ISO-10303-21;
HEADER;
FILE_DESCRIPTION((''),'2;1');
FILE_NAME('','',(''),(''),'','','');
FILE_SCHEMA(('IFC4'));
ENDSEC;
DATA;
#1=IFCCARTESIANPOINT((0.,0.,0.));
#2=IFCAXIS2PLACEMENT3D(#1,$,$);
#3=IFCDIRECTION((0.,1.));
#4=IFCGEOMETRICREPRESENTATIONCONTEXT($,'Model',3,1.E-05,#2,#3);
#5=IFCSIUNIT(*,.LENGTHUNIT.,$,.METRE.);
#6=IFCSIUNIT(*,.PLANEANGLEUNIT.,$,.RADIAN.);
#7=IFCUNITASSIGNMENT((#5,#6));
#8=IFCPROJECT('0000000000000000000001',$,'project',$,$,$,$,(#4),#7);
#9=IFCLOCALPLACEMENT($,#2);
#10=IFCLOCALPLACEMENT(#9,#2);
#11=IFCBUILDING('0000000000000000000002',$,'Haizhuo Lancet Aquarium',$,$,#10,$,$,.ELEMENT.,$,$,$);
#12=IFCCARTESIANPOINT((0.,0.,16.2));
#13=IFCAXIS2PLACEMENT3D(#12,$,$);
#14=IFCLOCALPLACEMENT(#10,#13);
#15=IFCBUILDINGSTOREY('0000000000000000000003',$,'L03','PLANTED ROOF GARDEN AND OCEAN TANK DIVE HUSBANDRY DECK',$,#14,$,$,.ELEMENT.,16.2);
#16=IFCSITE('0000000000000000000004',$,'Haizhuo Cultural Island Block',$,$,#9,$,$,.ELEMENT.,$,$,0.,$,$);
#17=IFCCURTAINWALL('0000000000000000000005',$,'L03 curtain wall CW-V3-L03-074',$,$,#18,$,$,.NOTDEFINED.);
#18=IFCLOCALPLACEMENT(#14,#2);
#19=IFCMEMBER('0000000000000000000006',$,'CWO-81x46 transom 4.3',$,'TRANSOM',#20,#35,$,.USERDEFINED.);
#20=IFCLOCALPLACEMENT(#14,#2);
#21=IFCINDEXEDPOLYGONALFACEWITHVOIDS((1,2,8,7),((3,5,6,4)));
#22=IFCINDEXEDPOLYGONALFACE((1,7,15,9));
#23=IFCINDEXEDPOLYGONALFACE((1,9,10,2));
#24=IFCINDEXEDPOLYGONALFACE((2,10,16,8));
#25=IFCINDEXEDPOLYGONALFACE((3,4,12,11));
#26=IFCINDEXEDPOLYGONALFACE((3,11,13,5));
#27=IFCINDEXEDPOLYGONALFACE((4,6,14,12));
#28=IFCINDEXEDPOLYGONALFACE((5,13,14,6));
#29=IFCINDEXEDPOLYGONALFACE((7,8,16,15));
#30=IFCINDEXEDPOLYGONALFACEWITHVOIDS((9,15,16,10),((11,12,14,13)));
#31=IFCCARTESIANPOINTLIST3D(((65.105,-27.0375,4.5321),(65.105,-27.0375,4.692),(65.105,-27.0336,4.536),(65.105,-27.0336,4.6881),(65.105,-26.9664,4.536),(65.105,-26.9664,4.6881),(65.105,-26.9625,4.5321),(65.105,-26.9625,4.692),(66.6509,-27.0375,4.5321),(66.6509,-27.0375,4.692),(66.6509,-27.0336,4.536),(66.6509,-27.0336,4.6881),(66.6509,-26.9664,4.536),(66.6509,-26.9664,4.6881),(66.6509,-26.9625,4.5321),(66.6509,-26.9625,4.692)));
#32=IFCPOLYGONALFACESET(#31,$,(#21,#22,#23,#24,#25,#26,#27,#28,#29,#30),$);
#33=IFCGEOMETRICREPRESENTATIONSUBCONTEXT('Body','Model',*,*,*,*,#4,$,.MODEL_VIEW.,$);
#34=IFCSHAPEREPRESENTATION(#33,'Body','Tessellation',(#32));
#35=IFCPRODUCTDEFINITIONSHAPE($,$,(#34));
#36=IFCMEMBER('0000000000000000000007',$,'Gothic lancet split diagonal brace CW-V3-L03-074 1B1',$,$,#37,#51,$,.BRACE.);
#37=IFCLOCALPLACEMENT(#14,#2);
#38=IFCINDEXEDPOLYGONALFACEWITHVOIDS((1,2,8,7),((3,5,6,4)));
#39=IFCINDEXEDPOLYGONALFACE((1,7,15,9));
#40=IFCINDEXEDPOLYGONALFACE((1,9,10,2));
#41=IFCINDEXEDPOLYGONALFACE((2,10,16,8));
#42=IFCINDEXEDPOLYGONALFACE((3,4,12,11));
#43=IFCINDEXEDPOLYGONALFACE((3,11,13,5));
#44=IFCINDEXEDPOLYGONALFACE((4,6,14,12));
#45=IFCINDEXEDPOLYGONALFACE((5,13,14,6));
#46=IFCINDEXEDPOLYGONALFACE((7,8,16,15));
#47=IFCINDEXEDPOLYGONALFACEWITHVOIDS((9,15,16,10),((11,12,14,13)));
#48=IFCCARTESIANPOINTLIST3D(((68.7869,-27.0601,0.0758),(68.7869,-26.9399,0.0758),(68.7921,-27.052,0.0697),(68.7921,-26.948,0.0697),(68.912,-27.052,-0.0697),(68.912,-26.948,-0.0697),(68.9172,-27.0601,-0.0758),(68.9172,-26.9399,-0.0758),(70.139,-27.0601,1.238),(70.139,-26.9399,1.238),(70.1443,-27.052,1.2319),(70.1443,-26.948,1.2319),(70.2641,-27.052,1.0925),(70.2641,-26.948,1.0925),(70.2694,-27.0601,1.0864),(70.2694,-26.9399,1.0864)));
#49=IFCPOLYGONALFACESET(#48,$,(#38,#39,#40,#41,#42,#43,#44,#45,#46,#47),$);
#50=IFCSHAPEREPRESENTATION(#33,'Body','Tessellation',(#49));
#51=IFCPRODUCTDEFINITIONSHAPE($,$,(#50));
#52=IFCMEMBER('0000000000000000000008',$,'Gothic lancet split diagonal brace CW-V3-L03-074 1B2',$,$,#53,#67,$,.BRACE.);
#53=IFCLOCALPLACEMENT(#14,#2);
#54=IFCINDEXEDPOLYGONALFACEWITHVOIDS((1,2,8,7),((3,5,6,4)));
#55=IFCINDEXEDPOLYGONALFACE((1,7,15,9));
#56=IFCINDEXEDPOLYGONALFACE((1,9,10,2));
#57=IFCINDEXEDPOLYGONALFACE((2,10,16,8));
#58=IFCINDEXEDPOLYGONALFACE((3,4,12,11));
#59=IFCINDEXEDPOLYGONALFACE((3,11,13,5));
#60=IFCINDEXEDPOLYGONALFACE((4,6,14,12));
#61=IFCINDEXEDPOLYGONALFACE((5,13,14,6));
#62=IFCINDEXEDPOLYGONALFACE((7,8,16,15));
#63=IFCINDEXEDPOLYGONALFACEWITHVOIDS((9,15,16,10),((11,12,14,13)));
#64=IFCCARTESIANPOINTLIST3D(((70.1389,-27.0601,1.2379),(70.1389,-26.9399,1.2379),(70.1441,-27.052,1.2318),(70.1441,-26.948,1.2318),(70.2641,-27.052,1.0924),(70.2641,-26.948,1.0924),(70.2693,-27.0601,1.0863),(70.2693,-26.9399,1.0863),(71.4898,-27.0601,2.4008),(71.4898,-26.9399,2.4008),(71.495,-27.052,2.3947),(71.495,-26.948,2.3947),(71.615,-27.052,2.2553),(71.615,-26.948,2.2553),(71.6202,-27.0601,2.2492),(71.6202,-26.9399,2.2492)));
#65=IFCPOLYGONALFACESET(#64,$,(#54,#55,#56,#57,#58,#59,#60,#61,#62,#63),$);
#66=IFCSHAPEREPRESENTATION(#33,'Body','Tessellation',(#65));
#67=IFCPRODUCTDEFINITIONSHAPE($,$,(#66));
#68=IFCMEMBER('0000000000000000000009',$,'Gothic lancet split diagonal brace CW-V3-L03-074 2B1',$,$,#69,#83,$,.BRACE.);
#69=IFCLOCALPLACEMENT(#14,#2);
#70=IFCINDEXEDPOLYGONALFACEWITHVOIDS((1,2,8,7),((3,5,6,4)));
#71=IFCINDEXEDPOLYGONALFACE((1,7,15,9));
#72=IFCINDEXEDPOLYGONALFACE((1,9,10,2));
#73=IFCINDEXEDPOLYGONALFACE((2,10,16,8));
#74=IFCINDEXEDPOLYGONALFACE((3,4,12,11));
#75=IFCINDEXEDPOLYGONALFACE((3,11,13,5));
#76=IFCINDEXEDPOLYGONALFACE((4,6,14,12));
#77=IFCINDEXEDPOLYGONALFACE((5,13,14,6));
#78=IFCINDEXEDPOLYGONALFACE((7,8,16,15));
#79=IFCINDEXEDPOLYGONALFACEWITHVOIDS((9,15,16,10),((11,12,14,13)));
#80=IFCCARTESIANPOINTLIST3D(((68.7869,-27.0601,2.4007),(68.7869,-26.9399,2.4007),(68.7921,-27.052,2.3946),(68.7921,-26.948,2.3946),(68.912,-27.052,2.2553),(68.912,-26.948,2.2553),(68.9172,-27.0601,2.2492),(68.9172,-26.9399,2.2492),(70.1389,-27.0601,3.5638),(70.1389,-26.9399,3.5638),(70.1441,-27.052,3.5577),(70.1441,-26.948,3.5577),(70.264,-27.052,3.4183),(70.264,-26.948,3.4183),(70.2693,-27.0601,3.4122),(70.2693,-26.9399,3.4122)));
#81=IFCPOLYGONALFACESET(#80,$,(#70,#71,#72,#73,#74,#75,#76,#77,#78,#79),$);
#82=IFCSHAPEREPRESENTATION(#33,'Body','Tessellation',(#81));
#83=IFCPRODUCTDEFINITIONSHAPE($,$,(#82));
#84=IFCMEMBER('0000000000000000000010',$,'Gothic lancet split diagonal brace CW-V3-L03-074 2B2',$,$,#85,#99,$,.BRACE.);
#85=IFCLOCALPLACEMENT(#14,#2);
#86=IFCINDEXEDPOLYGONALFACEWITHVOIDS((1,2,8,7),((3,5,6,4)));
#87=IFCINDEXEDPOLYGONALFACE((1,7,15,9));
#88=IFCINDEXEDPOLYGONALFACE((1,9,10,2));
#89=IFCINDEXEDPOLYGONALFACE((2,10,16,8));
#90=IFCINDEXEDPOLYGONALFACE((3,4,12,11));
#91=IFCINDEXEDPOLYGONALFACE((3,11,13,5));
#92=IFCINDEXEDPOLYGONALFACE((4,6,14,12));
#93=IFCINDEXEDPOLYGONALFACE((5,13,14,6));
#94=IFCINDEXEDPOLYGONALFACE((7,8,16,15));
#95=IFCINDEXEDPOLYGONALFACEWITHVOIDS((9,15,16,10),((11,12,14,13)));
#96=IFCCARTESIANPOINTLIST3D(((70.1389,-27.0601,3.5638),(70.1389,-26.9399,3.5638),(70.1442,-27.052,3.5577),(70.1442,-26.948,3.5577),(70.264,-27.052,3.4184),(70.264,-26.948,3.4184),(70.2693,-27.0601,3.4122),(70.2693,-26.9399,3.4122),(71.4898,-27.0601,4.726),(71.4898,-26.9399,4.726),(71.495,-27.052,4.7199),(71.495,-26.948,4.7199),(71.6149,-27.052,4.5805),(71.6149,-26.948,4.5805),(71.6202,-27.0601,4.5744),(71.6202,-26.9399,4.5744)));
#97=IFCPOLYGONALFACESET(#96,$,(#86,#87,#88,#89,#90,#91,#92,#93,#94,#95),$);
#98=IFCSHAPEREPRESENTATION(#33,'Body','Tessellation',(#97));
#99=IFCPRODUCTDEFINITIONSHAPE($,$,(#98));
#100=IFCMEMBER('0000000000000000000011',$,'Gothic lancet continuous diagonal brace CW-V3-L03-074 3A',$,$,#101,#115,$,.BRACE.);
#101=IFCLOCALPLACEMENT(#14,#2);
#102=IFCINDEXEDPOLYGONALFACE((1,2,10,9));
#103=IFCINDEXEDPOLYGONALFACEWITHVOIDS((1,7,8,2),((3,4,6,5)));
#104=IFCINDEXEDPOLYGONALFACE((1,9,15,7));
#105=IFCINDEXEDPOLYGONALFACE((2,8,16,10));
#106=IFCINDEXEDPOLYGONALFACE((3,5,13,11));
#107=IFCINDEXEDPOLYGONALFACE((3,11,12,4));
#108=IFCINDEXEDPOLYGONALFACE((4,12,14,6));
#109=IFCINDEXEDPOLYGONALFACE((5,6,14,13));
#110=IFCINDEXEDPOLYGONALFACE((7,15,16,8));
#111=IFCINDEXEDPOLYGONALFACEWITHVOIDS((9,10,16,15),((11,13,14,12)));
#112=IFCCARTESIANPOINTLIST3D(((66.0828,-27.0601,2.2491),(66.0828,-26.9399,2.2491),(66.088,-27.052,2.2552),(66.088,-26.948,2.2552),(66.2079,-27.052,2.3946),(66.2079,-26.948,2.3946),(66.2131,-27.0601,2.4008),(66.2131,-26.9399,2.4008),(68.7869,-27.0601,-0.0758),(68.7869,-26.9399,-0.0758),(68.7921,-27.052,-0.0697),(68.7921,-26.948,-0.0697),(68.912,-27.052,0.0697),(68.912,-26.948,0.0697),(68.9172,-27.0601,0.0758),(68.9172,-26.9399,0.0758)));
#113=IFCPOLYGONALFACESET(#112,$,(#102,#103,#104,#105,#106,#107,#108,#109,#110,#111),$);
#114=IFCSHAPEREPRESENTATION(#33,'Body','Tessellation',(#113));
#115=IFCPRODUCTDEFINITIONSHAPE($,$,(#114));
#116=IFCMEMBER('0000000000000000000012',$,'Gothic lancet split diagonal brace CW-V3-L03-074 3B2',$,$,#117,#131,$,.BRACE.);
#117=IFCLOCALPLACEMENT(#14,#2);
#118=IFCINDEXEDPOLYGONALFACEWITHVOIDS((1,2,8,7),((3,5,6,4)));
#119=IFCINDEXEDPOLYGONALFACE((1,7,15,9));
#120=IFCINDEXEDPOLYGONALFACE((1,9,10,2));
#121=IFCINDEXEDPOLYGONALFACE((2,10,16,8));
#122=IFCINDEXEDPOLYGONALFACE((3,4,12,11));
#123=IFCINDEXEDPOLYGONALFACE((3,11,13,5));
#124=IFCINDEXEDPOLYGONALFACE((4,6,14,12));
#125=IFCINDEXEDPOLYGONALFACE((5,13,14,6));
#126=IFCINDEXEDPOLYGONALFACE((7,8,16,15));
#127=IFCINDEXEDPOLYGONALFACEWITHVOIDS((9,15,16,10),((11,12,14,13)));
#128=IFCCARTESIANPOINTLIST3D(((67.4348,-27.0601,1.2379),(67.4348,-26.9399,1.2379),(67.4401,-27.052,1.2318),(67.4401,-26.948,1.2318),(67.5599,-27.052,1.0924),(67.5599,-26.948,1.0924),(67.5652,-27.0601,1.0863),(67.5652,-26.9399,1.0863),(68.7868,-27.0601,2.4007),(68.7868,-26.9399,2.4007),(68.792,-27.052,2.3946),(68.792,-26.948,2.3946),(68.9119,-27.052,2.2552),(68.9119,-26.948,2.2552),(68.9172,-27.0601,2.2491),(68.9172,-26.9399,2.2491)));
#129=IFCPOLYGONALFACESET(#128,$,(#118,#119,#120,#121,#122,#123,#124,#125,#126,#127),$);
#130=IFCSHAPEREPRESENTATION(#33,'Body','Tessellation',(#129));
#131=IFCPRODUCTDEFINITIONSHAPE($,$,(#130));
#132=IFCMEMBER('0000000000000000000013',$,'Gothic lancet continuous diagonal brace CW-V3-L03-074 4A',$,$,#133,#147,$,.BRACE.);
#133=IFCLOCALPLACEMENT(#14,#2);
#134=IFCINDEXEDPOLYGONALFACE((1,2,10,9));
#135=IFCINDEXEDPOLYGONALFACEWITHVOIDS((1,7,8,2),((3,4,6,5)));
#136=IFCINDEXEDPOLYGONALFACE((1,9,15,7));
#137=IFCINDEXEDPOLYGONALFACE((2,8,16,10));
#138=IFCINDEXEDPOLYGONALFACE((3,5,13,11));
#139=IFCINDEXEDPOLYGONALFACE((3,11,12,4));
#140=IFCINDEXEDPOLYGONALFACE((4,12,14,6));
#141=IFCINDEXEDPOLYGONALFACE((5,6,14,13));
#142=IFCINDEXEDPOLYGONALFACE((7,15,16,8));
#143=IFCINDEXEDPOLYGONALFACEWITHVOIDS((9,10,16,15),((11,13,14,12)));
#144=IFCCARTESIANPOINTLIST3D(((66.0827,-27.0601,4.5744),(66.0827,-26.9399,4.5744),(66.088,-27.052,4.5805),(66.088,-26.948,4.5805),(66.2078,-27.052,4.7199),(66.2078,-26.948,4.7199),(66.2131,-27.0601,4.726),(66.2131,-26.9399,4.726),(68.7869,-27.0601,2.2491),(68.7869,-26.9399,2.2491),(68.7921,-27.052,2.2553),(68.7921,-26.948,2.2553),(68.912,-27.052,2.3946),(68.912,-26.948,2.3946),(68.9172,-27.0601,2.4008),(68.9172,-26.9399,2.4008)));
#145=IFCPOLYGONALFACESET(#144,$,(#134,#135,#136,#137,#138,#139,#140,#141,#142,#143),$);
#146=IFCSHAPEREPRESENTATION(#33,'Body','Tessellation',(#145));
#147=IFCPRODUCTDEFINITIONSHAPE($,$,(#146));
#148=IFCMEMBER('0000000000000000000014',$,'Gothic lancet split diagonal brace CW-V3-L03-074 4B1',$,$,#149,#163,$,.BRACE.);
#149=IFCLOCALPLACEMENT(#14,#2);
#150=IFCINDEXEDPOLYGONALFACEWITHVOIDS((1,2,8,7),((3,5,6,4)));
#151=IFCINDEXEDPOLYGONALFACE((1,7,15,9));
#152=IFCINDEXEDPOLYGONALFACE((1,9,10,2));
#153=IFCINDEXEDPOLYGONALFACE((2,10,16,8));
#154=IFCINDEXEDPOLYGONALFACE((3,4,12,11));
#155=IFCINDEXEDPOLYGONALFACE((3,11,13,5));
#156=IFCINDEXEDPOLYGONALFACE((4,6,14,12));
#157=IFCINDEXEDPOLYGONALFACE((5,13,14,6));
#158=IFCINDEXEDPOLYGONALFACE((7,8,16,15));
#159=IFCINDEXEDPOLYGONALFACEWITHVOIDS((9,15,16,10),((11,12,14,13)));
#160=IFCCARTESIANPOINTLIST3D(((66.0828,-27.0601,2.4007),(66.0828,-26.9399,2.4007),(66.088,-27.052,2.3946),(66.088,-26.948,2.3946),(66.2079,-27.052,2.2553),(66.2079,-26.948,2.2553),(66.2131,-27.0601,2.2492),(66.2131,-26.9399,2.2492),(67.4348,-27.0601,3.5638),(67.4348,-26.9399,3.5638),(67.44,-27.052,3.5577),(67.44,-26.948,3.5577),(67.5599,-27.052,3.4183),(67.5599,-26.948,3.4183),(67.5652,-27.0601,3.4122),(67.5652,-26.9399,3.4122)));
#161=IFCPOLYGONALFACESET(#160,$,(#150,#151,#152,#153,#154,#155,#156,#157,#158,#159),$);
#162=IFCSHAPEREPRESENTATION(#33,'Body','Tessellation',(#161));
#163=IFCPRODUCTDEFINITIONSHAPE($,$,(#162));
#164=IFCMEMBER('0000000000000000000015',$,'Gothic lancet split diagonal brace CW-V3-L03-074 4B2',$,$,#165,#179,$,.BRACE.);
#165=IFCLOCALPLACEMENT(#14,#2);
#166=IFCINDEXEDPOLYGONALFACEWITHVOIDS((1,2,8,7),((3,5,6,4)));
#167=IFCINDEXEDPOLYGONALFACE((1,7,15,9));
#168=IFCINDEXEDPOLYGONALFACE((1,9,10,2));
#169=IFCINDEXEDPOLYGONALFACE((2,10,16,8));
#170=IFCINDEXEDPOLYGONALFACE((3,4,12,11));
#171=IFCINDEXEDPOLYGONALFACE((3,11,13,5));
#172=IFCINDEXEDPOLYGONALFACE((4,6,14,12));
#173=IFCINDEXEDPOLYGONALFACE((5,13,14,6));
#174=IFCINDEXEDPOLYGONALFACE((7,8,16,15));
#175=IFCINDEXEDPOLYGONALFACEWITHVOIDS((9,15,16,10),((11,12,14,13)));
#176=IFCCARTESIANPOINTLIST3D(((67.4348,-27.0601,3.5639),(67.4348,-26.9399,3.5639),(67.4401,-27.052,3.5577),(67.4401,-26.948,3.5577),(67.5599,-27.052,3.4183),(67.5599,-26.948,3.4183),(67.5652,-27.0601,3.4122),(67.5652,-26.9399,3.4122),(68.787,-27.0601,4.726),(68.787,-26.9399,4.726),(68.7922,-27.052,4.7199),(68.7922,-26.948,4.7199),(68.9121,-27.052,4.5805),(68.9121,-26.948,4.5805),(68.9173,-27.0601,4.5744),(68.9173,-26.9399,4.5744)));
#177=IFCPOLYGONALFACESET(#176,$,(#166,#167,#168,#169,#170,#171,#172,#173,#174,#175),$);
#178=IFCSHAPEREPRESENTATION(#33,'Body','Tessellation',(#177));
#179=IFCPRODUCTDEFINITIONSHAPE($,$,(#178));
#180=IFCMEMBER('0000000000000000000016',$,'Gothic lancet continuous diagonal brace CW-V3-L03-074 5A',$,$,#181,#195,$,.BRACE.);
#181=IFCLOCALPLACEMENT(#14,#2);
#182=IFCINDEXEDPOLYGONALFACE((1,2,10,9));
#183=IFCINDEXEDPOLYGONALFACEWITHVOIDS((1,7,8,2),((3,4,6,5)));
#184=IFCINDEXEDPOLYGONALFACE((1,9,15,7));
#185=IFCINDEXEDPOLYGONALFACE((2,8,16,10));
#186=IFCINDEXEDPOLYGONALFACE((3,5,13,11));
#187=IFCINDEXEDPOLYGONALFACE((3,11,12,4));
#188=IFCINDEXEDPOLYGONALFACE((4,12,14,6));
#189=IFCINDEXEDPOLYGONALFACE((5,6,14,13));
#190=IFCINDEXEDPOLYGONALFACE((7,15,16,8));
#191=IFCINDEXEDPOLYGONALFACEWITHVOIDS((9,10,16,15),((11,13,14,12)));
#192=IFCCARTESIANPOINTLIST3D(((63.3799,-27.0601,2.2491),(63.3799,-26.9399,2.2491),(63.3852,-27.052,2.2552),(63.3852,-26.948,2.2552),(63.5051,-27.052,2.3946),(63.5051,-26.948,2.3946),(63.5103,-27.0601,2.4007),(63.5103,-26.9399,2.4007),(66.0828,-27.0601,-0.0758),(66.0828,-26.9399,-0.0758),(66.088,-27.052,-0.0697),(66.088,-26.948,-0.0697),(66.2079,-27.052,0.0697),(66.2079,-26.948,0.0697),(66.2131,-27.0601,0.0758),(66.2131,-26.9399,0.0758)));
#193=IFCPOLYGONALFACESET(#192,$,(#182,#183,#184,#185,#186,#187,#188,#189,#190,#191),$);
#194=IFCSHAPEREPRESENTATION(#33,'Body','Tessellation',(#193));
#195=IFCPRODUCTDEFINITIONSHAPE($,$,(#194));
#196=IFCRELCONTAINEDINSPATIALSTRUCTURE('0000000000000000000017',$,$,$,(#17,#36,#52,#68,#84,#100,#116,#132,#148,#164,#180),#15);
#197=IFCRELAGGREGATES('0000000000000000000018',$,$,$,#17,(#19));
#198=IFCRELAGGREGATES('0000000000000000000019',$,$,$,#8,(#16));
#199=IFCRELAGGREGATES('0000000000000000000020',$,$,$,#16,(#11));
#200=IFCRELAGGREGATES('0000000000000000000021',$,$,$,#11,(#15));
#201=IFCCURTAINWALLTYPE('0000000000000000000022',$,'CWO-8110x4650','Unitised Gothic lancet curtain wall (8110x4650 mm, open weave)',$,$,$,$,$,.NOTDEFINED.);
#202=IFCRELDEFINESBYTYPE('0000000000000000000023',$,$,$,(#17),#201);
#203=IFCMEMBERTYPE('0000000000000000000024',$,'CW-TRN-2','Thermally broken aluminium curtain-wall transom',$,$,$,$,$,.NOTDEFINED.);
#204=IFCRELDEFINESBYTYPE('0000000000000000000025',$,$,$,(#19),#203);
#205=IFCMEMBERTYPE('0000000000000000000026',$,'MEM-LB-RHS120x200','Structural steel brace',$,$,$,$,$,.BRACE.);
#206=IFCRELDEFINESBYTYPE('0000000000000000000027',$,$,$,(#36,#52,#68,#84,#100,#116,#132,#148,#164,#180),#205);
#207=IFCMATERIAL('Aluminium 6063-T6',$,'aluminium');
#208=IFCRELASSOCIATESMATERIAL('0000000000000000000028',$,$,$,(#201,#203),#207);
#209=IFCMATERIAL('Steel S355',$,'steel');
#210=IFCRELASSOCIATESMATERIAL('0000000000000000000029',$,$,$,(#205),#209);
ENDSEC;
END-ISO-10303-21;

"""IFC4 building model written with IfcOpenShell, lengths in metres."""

from ifc_helpers import new_model, si_unit, direction, frame, origin, origin_2d, place, context, subcontext, project, spatial, hollow_rectangle, extrude, material, material_profile, profile_set, type_object, element, aggregate, save


model = new_model("IFC4")

# Units and contexts
model_context = context("Model", 3, precision=1e-05, world=origin(), true_north=direction((0.0, 1.0)))
body_context = subcontext(model_context, "Body", "Model", "MODEL_VIEW")
ifc_project = project(units=[si_unit("LENGTHUNIT", "METRE"), si_unit("PLANEANGLEUNIT", "RADIAN")], contexts=[model_context])

# Site, building, storey
site_placement = place(None, origin())
site = spatial("IfcSite", under=ifc_project, at=site_placement, Name="Haizhuo Cultural Island Block", CompositionType="ELEMENT", RefElevation=0.0)
building_placement = place(site_placement, origin())
building = spatial("IfcBuilding", under=site, at=building_placement, Name="Haizhuo Lancet Aquarium", CompositionType="ELEMENT")
storey_placement = place(building_placement, frame((0.0, 0.0, 16.2)))
storey = spatial("IfcBuildingStorey", under=building, at=storey_placement, Name="L03", Description="PLANTED ROOF GARDEN AND OCEAN TANK DIVE HUSBANDRY DECK", CompositionType="ELEMENT", Elevation=16.2)

# Curtain wall, member
ifc_material_1 = material(Name="Aluminium 6063-T6", Category="aluminium")
curtain_wall_type = type_object("IfcCurtainWallType", Name="CWO-8110x4650", Description="Unitised Gothic lancet curtain wall (8110x4650 mm, open weave)", PredefinedType="NOTDEFINED", material=ifc_material_1)
curtain_wall_placement = place(storey_placement, origin())
curtain_wall = element("IfcCurtainWall", 1, at=curtain_wall_placement, inside=storey, type_object=curtain_wall_type, Name="L03 curtain wall CW-V3-L03-074", PredefinedType="NOTDEFINED")
ifc_material_profile_1 = material_profile(ifc_material_1, hollow_rectangle(XDim=0.075, YDim=0.1599, WallThickness=0.0039, at=origin_2d()), Name="ALU-T 75x160x4")
ifc_profile_set_1 = profile_set([ifc_material_profile_1], Name="Aluminium 6063-T6")
member_type_1 = type_object("IfcMemberType", Name="CW-TRN-2", Description="Thermally broken aluminium curtain-wall transom", PredefinedType="NOTDEFINED", material=ifc_profile_set_1)
member_1_placement = place(storey_placement, frame((66.6509, -27.0, 4.6121), z_axis=(-1.0, 0.0, 0.0), x_axis=(0.0, -1.0, 0.0)))
member_1 = element("IfcMember", 2, at=member_1_placement, type_object=member_type_1, Name="CWO-81x46 transom 4.3", ObjectType="TRANSOM", PredefinedType="USERDEFINED", context=body_context, shape_type="SweptSolid", body=[
    extrude(hollow_rectangle(XDim=0.075, YDim=0.1599, WallThickness=0.0039, at=origin_2d()), origin(), (0.0, 0.0, 1.0), 1.5459),
])

# Members
ifc_material_2 = material(Name="Steel S355", Category="steel")
ifc_material_profile_2 = material_profile(ifc_material_2, hollow_rectangle(XDim=0.1201, YDim=0.2, WallThickness=0.0081, at=origin_2d()), Name="RHS 120x200x8")
ifc_profile_set_2 = profile_set([ifc_material_profile_2], Name="Steel S355")
member_type_2 = type_object("IfcMemberType", Name="MEM-LB-RHS120x200", Description="Structural steel brace", PredefinedType="BRACE", material=ifc_profile_set_2)
member_2_placement = place(storey_placement, frame((68.8521, -27.0, 0.0), z_axis=(0.758367, 0.0, 0.651828), x_axis=(0.0, 1.0, 0.0)))
element("IfcMember", 3, at=member_2_placement, inside=storey, type_object=member_type_2, Name="Gothic lancet split diagonal brace CW-V3-L03-074 1B1", PredefinedType="BRACE", context=body_context, shape_type="SweptSolid", body=[
    extrude(hollow_rectangle(XDim=0.1201, YDim=0.2, WallThickness=0.0081, at=origin_2d()), origin(), (0.0, 0.0, 1.0), 1.783),
])
member_3_placement = place(storey_placement, frame((70.2041, -27.0, 1.1621), z_axis=(0.757872, 0.0, 0.652403), x_axis=(0.0, 1.0, 0.0)))
element("IfcMember", 4, at=member_3_placement, inside=storey, type_object=member_type_2, Name="Gothic lancet split diagonal brace CW-V3-L03-074 1B2", PredefinedType="BRACE", context=body_context, shape_type="SweptSolid", body=[
    extrude(hollow_rectangle(XDim=0.1201, YDim=0.2, WallThickness=0.0081, at=origin_2d()), origin(), (0.0, 0.0, 1.0), 1.7825),
])
member_4_placement = place(storey_placement, frame((68.8521, -27.0, 2.325), z_axis=(0.758096, 0.0, 0.652143), x_axis=(0.0, 1.0, 0.0)))
element("IfcMember", 5, at=member_4_placement, inside=storey, type_object=member_type_2, Name="Gothic lancet split diagonal brace CW-V3-L03-074 2B1", PredefinedType="BRACE", context=body_context, shape_type="SweptSolid", body=[
    extrude(hollow_rectangle(XDim=0.1201, YDim=0.2, WallThickness=0.0081, at=origin_2d()), origin(), (0.0, 0.0, 1.0), 1.7834),
])
member_5_placement = place(storey_placement, frame((70.2041, -27.0, 3.488), z_axis=(0.758075, 0.0, 0.652167), x_axis=(0.0, 1.0, 0.0)))
element("IfcMember", 6, at=member_5_placement, inside=storey, type_object=member_type_2, Name="Gothic lancet split diagonal brace CW-V3-L03-074 2B2", PredefinedType="BRACE", context=body_context, shape_type="SweptSolid", body=[
    extrude(hollow_rectangle(XDim=0.1201, YDim=0.2, WallThickness=0.0081, at=origin_2d()), origin(), (0.0, 0.0, 1.0), 1.782),
])
member_6_placement = place(storey_placement, frame((68.8521, -27.0, 0.0), z_axis=(-0.758265, 0.0, 0.651946), x_axis=(0.0, -1.0, 0.0)))
element("IfcMember", 7, at=member_6_placement, inside=storey, type_object=member_type_2, Name="Gothic lancet continuous diagonal brace CW-V3-L03-074 3A", PredefinedType="BRACE", context=body_context, shape_type="SweptSolid", body=[
    extrude(hollow_rectangle(XDim=0.1201, YDim=0.2, WallThickness=0.0081, at=origin_2d()), origin(), (0.0, 0.0, 1.0), 3.5662),
])
member_7_placement = place(storey_placement, frame((67.5, -27.0, 1.1621), z_axis=(0.758164, 0.0, 0.652064), x_axis=(0.0, 1.0, 0.0)))
element("IfcMember", 8, at=member_7_placement, inside=storey, type_object=member_type_2, Name="Gothic lancet split diagonal brace CW-V3-L03-074 3B2", PredefinedType="BRACE", context=body_context, shape_type="SweptSolid", body=[
    extrude(hollow_rectangle(XDim=0.1201, YDim=0.2, WallThickness=0.0081, at=origin_2d()), origin(), (0.0, 0.0, 1.0), 1.7832),
])
member_8_placement = place(storey_placement, frame((68.8521, -27.0, 2.325), z_axis=(-0.758231, 0.0, 0.651986), x_axis=(0.0, -1.0, 0.0)))
element("IfcMember", 9, at=member_8_placement, inside=storey, type_object=member_type_2, Name="Gothic lancet continuous diagonal brace CW-V3-L03-074 4A", PredefinedType="BRACE", context=body_context, shape_type="SweptSolid", body=[
    extrude(hollow_rectangle(XDim=0.1201, YDim=0.2, WallThickness=0.0081, at=origin_2d()), origin(), (0.0, 0.0, 1.0), 3.5664),
])
member_9_placement = place(storey_placement, frame((66.1479, -27.0, 2.325), z_axis=(0.758096, 0.0, 0.652143), x_axis=(0.0, 1.0, 0.0)))
element("IfcMember", 10, at=member_9_placement, inside=storey, type_object=member_type_2, Name="Gothic lancet split diagonal brace CW-V3-L03-074 4B1", PredefinedType="BRACE", context=body_context, shape_type="SweptSolid", body=[
    extrude(hollow_rectangle(XDim=0.1201, YDim=0.2, WallThickness=0.0081, at=origin_2d()), origin(), (0.0, 0.0, 1.0), 1.7834),
])
member_10_placement = place(storey_placement, frame((67.5, -27.0, 3.488), z_axis=(0.758367, 0.0, 0.651828), x_axis=(0.0, 1.0, 0.0)))
element("IfcMember", 11, at=member_10_placement, inside=storey, type_object=member_type_2, Name="Gothic lancet split diagonal brace CW-V3-L03-074 4B2", PredefinedType="BRACE", context=body_context, shape_type="SweptSolid", body=[
    extrude(hollow_rectangle(XDim=0.1201, YDim=0.2, WallThickness=0.0081, at=origin_2d()), origin(), (0.0, 0.0, 1.0), 1.783),
])
member_11_placement = place(storey_placement, frame((66.1479, -27.0, 0.0), z_axis=(-0.75812, 0.0, 0.652116), x_axis=(0.0, -1.0, 0.0)))
element("IfcMember", 12, at=member_11_placement, inside=storey, type_object=member_type_2, Name="Gothic lancet continuous diagonal brace CW-V3-L03-074 5A", PredefinedType="BRACE", context=body_context, shape_type="SweptSolid", body=[
    extrude(hollow_rectangle(XDim=0.1201, YDim=0.2, WallThickness=0.0081, at=origin_2d()), origin(), (0.0, 0.0, 1.0), 3.5652),
])

aggregate(curtain_wall, [member_1])

save(model, "model.ifc")
